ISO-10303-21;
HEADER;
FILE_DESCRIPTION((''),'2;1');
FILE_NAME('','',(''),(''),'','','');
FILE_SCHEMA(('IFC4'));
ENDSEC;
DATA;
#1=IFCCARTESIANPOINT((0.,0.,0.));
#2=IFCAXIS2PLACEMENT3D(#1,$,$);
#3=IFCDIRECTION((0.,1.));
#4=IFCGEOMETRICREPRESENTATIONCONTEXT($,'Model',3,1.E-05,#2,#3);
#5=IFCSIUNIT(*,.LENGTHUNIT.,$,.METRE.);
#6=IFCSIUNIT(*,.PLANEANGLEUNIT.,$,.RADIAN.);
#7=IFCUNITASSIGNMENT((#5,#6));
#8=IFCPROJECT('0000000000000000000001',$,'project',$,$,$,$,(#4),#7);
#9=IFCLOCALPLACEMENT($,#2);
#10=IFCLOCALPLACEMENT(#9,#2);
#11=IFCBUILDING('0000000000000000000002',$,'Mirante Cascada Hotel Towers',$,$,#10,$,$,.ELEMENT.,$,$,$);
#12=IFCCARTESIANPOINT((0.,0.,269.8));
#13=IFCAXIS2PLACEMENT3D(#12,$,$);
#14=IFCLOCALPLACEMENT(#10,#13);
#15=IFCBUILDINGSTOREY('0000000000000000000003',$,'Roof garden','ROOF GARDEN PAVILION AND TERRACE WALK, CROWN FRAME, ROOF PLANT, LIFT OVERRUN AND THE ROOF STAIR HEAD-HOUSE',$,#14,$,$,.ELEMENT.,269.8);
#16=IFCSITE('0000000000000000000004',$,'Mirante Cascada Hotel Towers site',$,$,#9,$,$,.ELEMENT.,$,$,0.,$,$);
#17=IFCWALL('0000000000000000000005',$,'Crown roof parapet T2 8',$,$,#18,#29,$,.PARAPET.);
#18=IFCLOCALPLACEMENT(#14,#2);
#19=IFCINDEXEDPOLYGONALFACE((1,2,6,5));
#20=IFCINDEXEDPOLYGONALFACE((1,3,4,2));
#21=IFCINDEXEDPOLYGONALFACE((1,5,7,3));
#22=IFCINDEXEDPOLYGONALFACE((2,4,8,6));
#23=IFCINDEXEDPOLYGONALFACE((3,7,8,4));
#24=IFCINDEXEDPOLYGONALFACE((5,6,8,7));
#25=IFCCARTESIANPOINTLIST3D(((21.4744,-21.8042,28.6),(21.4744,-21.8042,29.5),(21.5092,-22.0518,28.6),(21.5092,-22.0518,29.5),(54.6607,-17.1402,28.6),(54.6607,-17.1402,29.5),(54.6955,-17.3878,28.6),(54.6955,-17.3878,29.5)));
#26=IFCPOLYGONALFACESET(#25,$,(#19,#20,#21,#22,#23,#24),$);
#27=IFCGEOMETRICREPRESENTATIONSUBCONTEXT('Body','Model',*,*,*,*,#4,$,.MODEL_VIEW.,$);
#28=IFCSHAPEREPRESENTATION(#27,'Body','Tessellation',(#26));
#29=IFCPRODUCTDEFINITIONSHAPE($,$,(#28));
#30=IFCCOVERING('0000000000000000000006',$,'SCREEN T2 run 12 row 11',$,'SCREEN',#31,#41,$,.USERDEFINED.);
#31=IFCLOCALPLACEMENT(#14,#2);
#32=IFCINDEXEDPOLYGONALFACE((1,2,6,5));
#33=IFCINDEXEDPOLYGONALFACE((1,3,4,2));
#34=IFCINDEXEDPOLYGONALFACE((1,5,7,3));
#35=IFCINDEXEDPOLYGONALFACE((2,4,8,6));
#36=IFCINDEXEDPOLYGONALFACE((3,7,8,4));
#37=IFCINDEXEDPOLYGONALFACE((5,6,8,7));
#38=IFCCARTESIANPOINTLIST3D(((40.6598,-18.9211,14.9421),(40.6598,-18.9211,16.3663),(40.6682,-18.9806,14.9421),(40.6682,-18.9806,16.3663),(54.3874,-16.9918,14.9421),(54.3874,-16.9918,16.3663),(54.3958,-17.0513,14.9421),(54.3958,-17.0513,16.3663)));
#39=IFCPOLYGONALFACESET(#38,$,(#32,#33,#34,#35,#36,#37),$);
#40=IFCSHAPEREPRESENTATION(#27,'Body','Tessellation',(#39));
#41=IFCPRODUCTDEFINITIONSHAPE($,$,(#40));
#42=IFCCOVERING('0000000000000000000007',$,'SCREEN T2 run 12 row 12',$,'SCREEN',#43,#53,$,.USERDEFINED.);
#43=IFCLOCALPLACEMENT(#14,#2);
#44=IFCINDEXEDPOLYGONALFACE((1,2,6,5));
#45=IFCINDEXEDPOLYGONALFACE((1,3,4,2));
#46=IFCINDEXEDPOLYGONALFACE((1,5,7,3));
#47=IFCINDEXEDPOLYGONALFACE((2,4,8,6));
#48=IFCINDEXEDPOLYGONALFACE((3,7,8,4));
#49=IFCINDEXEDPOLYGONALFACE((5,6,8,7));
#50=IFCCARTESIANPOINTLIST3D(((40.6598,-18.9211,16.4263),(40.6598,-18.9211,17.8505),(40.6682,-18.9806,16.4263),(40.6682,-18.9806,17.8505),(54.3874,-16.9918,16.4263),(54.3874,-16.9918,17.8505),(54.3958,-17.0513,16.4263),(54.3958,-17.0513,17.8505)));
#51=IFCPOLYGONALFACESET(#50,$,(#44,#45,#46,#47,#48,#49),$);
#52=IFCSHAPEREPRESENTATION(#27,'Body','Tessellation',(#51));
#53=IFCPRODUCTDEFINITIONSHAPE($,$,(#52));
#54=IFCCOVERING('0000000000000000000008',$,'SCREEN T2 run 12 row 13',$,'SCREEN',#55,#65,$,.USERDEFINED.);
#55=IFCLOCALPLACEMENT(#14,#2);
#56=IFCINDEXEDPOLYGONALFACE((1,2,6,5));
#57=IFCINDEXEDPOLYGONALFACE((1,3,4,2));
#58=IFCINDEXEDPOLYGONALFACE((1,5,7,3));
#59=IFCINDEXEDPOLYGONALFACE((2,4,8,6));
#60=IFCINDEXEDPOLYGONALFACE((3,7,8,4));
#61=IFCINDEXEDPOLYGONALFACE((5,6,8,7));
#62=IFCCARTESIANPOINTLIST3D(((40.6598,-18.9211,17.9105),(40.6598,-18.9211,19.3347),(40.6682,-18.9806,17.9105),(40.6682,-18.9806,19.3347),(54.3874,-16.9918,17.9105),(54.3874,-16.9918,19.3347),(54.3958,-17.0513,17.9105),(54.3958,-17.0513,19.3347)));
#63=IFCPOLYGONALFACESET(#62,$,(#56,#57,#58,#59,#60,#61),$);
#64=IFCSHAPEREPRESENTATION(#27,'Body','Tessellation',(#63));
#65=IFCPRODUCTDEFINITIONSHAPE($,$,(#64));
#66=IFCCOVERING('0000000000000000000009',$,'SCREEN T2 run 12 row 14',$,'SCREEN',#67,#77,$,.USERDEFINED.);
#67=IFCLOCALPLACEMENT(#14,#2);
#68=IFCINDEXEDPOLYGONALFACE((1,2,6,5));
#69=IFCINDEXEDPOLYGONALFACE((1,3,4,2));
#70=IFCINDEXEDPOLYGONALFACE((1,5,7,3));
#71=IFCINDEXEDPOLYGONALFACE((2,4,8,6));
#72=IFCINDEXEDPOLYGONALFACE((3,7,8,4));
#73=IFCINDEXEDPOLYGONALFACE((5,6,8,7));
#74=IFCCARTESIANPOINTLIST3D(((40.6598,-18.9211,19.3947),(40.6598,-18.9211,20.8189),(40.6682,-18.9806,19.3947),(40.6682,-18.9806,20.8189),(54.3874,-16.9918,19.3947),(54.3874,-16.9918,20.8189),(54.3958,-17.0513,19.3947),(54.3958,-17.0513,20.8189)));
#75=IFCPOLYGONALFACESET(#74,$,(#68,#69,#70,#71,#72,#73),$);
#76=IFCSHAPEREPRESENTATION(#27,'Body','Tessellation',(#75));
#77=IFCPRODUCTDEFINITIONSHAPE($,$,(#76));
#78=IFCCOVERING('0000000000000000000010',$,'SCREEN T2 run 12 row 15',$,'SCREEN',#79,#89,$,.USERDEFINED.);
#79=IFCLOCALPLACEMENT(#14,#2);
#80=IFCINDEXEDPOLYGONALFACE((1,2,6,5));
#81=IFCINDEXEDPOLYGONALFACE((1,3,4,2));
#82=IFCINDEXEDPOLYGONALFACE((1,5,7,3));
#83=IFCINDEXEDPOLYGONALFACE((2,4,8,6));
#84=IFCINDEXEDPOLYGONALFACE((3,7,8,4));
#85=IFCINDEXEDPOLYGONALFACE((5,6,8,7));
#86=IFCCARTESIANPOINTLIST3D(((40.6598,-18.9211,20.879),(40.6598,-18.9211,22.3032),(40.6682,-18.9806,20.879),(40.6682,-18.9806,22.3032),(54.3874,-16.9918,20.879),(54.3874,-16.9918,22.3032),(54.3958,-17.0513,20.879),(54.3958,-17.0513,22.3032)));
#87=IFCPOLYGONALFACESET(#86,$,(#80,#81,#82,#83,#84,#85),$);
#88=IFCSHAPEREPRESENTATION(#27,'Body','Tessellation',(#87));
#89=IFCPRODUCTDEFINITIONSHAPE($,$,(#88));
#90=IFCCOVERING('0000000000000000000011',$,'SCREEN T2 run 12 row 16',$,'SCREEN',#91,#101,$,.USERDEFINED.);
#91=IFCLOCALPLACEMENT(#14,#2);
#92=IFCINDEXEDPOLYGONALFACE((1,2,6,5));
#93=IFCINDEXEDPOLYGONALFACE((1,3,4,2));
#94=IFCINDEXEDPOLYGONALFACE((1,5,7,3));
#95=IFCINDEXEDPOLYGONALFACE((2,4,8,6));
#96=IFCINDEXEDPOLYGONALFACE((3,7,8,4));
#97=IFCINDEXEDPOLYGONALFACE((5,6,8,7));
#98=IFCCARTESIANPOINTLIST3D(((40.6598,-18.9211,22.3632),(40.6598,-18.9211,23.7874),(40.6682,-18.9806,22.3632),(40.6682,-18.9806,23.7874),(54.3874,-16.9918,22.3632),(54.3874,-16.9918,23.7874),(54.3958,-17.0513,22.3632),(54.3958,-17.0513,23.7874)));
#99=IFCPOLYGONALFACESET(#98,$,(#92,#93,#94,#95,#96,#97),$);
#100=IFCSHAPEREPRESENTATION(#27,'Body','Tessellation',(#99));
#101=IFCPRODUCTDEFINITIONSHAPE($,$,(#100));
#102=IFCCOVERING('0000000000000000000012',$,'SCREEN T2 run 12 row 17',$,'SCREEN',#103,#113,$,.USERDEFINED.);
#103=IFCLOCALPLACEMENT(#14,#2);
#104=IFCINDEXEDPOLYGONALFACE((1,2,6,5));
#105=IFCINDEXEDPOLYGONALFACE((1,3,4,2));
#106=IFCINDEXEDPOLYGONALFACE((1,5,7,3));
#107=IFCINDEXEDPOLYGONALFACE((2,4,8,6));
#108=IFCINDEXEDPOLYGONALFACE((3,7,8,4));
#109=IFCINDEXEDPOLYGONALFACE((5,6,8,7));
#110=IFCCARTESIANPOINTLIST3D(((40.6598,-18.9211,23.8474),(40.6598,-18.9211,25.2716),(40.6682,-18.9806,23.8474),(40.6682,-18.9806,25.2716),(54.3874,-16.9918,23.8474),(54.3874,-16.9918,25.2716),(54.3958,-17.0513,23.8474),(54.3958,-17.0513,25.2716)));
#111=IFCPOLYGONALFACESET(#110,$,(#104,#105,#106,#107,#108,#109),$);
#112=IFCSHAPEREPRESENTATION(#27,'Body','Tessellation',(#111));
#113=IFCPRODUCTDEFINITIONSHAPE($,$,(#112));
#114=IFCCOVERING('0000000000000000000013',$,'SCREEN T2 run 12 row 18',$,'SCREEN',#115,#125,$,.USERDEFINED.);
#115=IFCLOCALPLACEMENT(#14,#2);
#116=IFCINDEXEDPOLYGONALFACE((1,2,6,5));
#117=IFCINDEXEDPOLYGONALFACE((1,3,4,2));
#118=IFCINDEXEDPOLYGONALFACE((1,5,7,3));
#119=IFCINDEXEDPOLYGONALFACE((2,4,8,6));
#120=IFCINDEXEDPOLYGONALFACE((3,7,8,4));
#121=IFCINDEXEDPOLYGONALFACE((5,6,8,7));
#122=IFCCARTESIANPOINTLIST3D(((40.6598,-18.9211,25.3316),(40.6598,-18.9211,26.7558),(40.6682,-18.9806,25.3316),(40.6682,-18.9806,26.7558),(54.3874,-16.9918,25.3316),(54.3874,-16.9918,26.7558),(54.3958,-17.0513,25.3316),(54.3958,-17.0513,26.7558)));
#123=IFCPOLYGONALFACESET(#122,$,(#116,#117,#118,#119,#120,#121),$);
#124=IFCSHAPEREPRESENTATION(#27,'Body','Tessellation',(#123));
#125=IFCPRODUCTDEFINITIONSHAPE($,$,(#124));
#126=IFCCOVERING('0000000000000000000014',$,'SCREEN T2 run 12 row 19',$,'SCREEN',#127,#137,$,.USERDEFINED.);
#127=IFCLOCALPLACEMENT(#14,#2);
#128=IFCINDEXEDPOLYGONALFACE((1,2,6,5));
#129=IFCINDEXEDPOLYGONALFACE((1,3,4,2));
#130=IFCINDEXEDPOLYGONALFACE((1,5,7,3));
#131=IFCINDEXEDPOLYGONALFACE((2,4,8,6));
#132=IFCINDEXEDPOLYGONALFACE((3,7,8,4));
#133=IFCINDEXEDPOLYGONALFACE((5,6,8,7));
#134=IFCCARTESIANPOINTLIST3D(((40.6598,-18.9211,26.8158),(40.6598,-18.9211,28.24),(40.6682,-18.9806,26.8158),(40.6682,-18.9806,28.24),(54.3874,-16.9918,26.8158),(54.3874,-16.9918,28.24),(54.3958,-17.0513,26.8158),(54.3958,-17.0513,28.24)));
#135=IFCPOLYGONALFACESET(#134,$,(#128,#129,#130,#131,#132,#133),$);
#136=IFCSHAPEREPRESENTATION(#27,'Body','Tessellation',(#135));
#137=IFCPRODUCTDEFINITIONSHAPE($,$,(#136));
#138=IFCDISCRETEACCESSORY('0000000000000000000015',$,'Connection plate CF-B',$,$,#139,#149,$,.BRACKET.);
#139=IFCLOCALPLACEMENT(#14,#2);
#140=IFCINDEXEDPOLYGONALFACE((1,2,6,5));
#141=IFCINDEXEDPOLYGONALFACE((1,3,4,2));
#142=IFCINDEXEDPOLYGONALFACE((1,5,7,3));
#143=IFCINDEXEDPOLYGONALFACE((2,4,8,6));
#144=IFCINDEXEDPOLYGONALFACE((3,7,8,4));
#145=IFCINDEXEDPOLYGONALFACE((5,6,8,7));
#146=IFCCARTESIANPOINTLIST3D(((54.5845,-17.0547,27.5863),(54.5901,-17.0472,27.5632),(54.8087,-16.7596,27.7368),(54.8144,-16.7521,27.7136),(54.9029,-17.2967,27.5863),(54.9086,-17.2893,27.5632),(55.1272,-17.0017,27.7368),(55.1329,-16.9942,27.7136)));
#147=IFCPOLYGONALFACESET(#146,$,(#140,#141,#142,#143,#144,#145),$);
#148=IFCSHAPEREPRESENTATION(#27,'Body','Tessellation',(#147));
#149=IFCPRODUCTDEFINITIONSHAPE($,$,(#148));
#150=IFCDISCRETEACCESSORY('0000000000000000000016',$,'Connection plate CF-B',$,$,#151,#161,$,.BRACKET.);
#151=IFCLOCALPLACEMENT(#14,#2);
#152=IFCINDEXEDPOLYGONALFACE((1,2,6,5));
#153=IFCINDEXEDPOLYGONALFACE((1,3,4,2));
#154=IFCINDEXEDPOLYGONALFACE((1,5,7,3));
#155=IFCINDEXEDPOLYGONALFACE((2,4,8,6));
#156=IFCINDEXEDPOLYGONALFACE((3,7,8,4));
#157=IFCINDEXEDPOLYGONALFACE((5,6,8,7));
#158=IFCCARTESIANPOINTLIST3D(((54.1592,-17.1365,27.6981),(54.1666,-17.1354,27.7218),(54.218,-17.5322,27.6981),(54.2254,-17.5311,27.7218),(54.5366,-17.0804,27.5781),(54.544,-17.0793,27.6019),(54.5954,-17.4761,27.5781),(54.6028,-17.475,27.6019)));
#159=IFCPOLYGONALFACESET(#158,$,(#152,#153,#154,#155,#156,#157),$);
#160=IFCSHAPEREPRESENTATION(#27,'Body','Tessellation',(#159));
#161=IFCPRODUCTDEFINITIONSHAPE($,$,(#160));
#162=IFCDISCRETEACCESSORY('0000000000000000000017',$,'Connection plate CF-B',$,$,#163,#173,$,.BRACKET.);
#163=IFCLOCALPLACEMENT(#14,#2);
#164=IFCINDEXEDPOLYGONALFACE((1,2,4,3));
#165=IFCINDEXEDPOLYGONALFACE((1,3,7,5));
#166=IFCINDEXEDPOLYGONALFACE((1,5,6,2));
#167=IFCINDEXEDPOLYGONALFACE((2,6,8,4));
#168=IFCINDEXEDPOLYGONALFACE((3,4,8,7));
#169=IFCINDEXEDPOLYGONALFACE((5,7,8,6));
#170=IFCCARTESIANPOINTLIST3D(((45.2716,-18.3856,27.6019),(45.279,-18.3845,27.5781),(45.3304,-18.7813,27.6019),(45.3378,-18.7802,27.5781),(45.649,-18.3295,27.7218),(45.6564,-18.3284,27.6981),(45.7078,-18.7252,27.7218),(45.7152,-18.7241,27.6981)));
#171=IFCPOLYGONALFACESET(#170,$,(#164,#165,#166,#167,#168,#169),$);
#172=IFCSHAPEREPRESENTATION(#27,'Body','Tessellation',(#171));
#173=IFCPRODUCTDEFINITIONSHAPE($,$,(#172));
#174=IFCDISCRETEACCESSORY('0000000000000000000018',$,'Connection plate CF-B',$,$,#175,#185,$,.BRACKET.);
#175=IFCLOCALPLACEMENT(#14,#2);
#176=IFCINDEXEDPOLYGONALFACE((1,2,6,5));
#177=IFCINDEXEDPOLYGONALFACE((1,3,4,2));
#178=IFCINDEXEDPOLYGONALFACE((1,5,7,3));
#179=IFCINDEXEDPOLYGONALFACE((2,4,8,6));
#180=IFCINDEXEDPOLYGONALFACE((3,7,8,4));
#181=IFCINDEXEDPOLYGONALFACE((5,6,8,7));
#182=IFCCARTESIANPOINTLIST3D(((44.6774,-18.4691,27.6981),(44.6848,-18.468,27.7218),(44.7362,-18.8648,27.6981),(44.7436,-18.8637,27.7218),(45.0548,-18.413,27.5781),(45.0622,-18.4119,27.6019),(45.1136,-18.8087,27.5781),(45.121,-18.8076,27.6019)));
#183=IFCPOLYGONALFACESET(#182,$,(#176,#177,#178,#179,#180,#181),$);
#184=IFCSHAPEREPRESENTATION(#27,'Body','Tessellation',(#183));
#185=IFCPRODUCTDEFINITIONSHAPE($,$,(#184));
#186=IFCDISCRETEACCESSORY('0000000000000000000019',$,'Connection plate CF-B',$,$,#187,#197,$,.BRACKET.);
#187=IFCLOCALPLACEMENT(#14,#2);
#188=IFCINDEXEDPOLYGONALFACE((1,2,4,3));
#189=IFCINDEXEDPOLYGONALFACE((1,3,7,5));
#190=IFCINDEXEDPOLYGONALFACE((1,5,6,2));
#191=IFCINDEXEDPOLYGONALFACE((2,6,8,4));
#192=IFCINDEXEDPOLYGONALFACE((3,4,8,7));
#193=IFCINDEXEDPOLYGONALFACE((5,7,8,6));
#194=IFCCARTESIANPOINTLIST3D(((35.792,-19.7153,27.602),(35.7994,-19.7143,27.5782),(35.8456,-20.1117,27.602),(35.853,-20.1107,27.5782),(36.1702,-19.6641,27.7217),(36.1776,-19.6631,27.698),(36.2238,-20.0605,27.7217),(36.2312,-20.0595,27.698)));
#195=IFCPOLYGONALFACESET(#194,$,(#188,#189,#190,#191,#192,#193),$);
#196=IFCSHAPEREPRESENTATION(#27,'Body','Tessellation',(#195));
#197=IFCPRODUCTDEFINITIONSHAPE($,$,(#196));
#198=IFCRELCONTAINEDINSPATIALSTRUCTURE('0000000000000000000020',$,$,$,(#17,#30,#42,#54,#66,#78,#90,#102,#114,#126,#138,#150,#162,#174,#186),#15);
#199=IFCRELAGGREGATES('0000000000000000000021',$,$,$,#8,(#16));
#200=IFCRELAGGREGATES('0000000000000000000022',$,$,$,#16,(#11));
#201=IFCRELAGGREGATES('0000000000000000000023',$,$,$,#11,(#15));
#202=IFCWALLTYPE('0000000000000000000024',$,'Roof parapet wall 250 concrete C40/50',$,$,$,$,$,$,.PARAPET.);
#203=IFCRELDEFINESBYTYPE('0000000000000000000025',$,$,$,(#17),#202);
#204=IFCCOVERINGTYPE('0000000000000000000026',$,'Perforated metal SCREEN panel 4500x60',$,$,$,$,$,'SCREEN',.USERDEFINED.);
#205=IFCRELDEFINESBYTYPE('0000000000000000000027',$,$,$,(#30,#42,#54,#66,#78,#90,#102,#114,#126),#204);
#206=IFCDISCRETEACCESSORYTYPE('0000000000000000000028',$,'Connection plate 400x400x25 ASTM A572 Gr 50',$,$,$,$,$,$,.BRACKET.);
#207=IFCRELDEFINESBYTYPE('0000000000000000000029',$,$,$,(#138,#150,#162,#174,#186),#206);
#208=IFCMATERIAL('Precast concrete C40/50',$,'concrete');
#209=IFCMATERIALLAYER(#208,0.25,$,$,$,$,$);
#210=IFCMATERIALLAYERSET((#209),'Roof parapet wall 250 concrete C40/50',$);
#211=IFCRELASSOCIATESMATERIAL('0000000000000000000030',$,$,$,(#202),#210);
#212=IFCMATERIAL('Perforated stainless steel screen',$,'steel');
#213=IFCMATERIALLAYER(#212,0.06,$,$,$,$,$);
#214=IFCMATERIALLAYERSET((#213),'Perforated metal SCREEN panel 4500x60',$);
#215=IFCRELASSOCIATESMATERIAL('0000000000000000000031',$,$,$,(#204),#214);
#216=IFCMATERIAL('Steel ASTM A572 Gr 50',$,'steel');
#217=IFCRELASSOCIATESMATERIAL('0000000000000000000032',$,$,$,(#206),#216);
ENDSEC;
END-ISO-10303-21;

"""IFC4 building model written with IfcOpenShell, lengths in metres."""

from ifc_helpers import new_model, si_unit, direction, frame, frame_2d, origin, origin_2d, place, context, subcontext, project, spatial, rectangle, extrude, material, layer, layer_set, material_profile, profile_set, type_object, element, save


model = new_model("IFC4")

# Units and contexts
model_context = context("Model", 3, precision=1e-05, world=origin(), true_north=direction((0.0, 1.0)))
body_context = subcontext(model_context, "Body", "Model", "MODEL_VIEW")
ifc_project = project(units=[si_unit("LENGTHUNIT", "METRE"), si_unit("PLANEANGLEUNIT", "RADIAN")], contexts=[model_context])

# Site, building, storey
site_placement = place(None, origin())
site = spatial("IfcSite", under=ifc_project, at=site_placement, Name="Mirante Cascada Hotel Towers site", CompositionType="ELEMENT", RefElevation=0.0)
building_placement = place(site_placement, origin())
building = spatial("IfcBuilding", under=site, at=building_placement, Name="Mirante Cascada Hotel Towers", CompositionType="ELEMENT")
storey_placement = place(building_placement, frame((0.0, 0.0, 269.8)))
storey = spatial("IfcBuildingStorey", under=building, at=storey_placement, Name="Roof garden", Description="ROOF GARDEN PAVILION AND TERRACE WALK, CROWN FRAME, ROOF PLANT, LIFT OVERRUN AND THE ROOF STAIR HEAD-HOUSE", CompositionType="ELEMENT", Elevation=269.8)

# Wall
ifc_material_1 = material(Name="Precast concrete C40/50", Category="concrete")
ifc_layer_1 = layer(ifc_material_1, 0.25)
ifc_layer_set_1 = layer_set([ifc_layer_1], Name="Roof parapet wall 250 concrete C40/50")
wall_type = type_object("IfcWallType", Name="Roof parapet wall 250 concrete C40/50", PredefinedType="PARAPET", material=ifc_layer_set_1)
wall_placement = place(storey_placement, frame((54.6781, -17.264, 28.6), z_axis=(0.0, 0.0, 1.0), x_axis=(-0.990268, -0.139172, 0.0)))
element("IfcWall", 1, at=wall_placement, inside=storey, type_object=wall_type, Name="Crown roof parapet T2 8", PredefinedType="PARAPET", context=body_context, shape_type="SweptSolid", body=[
    extrude(rectangle(XDim=33.5124, YDim=0.25, at=frame_2d((16.7562, 0.0))), origin(), (0.0, 0.0, 1.0), 0.9),
])

# Coverings
ifc_material_2 = material(Name="Perforated stainless steel screen", Category="steel")
ifc_layer_2 = layer(ifc_material_2, 0.06)
ifc_layer_set_2 = layer_set([ifc_layer_2], Name="Perforated metal SCREEN panel 4500x60")
covering_type = type_object("IfcCoveringType", Name="Perforated metal SCREEN panel 4500x60", ElementType="SCREEN", PredefinedType="USERDEFINED", material=ifc_layer_set_2)
for number, where, z_axis, x_axis, name in (
    (2, (47.5278, -17.9862, 14.9421), (0.0, 0.0, 1.0), (-0.990268, -0.139173, 0.0), "SCREEN T2 run 12 row 11"),
    (3, (47.5278, -17.9862, 16.4263), (0.0, 0.0, 1.0), (-0.990268, -0.139173, 0.0), "SCREEN T2 run 12 row 12"),
    (4, (47.5278, -17.9862, 17.9105), (0.0, 0.0, 1.0), (-0.990268, -0.139173, 0.0), "SCREEN T2 run 12 row 13"),
    (5, (47.5278, -17.9862, 19.3947), (0.0, 0.0, 1.0), (-0.990268, -0.139173, 0.0), "SCREEN T2 run 12 row 14"),
    (6, (47.5278, -17.9862, 20.879), (0.0, 0.0, 1.0), (-0.990268, -0.139173, 0.0), "SCREEN T2 run 12 row 15"),
    (7, (47.5278, -17.9862, 22.3632), (0.0, 0.0, 1.0), (-0.990268, -0.139173, 0.0), "SCREEN T2 run 12 row 16"),
    (8, (47.5278, -17.9862, 23.8474), (0.0, 0.0, 1.0), (-0.990268, -0.139173, 0.0), "SCREEN T2 run 12 row 17"),
    (9, (47.5278, -17.9862, 25.3316), (0.0, 0.0, 1.0), (-0.990268, -0.139173, 0.0), "SCREEN T2 run 12 row 18"),
    (10, (47.5278, -17.9862, 26.8158), (0.0, 0.0, 1.0), (-0.990268, -0.139173, 0.0), "SCREEN T2 run 12 row 19"),
):
    element("IfcCovering", number, at=place(storey_placement, frame(where, z_axis=z_axis, x_axis=x_axis)), inside=storey, type_object=covering_type, Name=name, ObjectType="SCREEN", PredefinedType="USERDEFINED", context=body_context, shape_type="SweptSolid", body=[
        extrude(rectangle(XDim=13.8625, YDim=0.06, at=origin_2d()), origin(), (0.0, 0.0, 1.0), 1.4242),
    ])

# Discrete accessories
ifc_material_3 = material(Name="Steel ASTM A572 Gr 50", Category="steel")
ifc_material_profile_1 = material_profile(ifc_material_3, rectangle(XDim=0.4, YDim=0.4, at=origin_2d()), Name="Connection plate 400x400x25 ASTM A572 Gr 50")
ifc_profile_set_1 = profile_set([ifc_material_profile_1], Name="Steel ASTM A572 Gr 50")
discrete_accessory_type = type_object("IfcDiscreteAccessoryType", Name="Connection plate 400x400x25 ASTM A572 Gr 50", PredefinedType="BRACKET", material=ifc_profile_set_1)
discrete_accessory_placement = place(storey_placement, frame((54.8615, -17.0207, 27.6384), z_axis=(-0.22764, -0.299526, 0.926534), x_axis=(0.796162, -0.605083, 0.0)))
element("IfcDiscreteAccessory", 11, at=discrete_accessory_placement, inside=storey, type_object=discrete_accessory_type, Name="Connection plate CF-B", PredefinedType="BRACKET", context=body_context, shape_type="SweptSolid", body=[
    extrude(rectangle(XDim=0.4, YDim=0.4, at=origin_2d()), origin(), (0.0, 0.0, 1.0), 0.025),
])
for number, where, z_axis, x_axis, name in (
    (12, (54.3773, -17.3063, 27.6381), (0.296615, 0.044091, 0.953979), (-0.147033, 0.989132, 0.0), "Connection plate CF-B"),
    (13, (45.4971, -18.5543, 27.6381), (-0.296615, -0.044091, 0.953979), (0.147033, -0.989132, 0.0), "Connection plate CF-B"),
    (14, (44.8955, -18.6389, 27.6381), (0.296615, 0.044091, 0.953979), (-0.147033, 0.989132, 0.0), "Connection plate CF-B"),
    (15, (36.0153, -19.8869, 27.6381), (-0.296665, -0.04009, 0.95414), (0.133918, -0.990992, 0.0), "Connection plate CF-B"),
):
    element("IfcDiscreteAccessory", number, at=place(storey_placement, frame(where, z_axis=z_axis, x_axis=x_axis)), inside=storey, type_object=discrete_accessory_type, Name=name, PredefinedType="BRACKET", context=body_context, shape_type="SweptSolid", body=[
        extrude(rectangle(XDim=0.4, YDim=0.4, at=origin_2d()), origin(), (0.0, 0.0, 1.0), 0.0249),
    ])

save(model, "model.ifc")
